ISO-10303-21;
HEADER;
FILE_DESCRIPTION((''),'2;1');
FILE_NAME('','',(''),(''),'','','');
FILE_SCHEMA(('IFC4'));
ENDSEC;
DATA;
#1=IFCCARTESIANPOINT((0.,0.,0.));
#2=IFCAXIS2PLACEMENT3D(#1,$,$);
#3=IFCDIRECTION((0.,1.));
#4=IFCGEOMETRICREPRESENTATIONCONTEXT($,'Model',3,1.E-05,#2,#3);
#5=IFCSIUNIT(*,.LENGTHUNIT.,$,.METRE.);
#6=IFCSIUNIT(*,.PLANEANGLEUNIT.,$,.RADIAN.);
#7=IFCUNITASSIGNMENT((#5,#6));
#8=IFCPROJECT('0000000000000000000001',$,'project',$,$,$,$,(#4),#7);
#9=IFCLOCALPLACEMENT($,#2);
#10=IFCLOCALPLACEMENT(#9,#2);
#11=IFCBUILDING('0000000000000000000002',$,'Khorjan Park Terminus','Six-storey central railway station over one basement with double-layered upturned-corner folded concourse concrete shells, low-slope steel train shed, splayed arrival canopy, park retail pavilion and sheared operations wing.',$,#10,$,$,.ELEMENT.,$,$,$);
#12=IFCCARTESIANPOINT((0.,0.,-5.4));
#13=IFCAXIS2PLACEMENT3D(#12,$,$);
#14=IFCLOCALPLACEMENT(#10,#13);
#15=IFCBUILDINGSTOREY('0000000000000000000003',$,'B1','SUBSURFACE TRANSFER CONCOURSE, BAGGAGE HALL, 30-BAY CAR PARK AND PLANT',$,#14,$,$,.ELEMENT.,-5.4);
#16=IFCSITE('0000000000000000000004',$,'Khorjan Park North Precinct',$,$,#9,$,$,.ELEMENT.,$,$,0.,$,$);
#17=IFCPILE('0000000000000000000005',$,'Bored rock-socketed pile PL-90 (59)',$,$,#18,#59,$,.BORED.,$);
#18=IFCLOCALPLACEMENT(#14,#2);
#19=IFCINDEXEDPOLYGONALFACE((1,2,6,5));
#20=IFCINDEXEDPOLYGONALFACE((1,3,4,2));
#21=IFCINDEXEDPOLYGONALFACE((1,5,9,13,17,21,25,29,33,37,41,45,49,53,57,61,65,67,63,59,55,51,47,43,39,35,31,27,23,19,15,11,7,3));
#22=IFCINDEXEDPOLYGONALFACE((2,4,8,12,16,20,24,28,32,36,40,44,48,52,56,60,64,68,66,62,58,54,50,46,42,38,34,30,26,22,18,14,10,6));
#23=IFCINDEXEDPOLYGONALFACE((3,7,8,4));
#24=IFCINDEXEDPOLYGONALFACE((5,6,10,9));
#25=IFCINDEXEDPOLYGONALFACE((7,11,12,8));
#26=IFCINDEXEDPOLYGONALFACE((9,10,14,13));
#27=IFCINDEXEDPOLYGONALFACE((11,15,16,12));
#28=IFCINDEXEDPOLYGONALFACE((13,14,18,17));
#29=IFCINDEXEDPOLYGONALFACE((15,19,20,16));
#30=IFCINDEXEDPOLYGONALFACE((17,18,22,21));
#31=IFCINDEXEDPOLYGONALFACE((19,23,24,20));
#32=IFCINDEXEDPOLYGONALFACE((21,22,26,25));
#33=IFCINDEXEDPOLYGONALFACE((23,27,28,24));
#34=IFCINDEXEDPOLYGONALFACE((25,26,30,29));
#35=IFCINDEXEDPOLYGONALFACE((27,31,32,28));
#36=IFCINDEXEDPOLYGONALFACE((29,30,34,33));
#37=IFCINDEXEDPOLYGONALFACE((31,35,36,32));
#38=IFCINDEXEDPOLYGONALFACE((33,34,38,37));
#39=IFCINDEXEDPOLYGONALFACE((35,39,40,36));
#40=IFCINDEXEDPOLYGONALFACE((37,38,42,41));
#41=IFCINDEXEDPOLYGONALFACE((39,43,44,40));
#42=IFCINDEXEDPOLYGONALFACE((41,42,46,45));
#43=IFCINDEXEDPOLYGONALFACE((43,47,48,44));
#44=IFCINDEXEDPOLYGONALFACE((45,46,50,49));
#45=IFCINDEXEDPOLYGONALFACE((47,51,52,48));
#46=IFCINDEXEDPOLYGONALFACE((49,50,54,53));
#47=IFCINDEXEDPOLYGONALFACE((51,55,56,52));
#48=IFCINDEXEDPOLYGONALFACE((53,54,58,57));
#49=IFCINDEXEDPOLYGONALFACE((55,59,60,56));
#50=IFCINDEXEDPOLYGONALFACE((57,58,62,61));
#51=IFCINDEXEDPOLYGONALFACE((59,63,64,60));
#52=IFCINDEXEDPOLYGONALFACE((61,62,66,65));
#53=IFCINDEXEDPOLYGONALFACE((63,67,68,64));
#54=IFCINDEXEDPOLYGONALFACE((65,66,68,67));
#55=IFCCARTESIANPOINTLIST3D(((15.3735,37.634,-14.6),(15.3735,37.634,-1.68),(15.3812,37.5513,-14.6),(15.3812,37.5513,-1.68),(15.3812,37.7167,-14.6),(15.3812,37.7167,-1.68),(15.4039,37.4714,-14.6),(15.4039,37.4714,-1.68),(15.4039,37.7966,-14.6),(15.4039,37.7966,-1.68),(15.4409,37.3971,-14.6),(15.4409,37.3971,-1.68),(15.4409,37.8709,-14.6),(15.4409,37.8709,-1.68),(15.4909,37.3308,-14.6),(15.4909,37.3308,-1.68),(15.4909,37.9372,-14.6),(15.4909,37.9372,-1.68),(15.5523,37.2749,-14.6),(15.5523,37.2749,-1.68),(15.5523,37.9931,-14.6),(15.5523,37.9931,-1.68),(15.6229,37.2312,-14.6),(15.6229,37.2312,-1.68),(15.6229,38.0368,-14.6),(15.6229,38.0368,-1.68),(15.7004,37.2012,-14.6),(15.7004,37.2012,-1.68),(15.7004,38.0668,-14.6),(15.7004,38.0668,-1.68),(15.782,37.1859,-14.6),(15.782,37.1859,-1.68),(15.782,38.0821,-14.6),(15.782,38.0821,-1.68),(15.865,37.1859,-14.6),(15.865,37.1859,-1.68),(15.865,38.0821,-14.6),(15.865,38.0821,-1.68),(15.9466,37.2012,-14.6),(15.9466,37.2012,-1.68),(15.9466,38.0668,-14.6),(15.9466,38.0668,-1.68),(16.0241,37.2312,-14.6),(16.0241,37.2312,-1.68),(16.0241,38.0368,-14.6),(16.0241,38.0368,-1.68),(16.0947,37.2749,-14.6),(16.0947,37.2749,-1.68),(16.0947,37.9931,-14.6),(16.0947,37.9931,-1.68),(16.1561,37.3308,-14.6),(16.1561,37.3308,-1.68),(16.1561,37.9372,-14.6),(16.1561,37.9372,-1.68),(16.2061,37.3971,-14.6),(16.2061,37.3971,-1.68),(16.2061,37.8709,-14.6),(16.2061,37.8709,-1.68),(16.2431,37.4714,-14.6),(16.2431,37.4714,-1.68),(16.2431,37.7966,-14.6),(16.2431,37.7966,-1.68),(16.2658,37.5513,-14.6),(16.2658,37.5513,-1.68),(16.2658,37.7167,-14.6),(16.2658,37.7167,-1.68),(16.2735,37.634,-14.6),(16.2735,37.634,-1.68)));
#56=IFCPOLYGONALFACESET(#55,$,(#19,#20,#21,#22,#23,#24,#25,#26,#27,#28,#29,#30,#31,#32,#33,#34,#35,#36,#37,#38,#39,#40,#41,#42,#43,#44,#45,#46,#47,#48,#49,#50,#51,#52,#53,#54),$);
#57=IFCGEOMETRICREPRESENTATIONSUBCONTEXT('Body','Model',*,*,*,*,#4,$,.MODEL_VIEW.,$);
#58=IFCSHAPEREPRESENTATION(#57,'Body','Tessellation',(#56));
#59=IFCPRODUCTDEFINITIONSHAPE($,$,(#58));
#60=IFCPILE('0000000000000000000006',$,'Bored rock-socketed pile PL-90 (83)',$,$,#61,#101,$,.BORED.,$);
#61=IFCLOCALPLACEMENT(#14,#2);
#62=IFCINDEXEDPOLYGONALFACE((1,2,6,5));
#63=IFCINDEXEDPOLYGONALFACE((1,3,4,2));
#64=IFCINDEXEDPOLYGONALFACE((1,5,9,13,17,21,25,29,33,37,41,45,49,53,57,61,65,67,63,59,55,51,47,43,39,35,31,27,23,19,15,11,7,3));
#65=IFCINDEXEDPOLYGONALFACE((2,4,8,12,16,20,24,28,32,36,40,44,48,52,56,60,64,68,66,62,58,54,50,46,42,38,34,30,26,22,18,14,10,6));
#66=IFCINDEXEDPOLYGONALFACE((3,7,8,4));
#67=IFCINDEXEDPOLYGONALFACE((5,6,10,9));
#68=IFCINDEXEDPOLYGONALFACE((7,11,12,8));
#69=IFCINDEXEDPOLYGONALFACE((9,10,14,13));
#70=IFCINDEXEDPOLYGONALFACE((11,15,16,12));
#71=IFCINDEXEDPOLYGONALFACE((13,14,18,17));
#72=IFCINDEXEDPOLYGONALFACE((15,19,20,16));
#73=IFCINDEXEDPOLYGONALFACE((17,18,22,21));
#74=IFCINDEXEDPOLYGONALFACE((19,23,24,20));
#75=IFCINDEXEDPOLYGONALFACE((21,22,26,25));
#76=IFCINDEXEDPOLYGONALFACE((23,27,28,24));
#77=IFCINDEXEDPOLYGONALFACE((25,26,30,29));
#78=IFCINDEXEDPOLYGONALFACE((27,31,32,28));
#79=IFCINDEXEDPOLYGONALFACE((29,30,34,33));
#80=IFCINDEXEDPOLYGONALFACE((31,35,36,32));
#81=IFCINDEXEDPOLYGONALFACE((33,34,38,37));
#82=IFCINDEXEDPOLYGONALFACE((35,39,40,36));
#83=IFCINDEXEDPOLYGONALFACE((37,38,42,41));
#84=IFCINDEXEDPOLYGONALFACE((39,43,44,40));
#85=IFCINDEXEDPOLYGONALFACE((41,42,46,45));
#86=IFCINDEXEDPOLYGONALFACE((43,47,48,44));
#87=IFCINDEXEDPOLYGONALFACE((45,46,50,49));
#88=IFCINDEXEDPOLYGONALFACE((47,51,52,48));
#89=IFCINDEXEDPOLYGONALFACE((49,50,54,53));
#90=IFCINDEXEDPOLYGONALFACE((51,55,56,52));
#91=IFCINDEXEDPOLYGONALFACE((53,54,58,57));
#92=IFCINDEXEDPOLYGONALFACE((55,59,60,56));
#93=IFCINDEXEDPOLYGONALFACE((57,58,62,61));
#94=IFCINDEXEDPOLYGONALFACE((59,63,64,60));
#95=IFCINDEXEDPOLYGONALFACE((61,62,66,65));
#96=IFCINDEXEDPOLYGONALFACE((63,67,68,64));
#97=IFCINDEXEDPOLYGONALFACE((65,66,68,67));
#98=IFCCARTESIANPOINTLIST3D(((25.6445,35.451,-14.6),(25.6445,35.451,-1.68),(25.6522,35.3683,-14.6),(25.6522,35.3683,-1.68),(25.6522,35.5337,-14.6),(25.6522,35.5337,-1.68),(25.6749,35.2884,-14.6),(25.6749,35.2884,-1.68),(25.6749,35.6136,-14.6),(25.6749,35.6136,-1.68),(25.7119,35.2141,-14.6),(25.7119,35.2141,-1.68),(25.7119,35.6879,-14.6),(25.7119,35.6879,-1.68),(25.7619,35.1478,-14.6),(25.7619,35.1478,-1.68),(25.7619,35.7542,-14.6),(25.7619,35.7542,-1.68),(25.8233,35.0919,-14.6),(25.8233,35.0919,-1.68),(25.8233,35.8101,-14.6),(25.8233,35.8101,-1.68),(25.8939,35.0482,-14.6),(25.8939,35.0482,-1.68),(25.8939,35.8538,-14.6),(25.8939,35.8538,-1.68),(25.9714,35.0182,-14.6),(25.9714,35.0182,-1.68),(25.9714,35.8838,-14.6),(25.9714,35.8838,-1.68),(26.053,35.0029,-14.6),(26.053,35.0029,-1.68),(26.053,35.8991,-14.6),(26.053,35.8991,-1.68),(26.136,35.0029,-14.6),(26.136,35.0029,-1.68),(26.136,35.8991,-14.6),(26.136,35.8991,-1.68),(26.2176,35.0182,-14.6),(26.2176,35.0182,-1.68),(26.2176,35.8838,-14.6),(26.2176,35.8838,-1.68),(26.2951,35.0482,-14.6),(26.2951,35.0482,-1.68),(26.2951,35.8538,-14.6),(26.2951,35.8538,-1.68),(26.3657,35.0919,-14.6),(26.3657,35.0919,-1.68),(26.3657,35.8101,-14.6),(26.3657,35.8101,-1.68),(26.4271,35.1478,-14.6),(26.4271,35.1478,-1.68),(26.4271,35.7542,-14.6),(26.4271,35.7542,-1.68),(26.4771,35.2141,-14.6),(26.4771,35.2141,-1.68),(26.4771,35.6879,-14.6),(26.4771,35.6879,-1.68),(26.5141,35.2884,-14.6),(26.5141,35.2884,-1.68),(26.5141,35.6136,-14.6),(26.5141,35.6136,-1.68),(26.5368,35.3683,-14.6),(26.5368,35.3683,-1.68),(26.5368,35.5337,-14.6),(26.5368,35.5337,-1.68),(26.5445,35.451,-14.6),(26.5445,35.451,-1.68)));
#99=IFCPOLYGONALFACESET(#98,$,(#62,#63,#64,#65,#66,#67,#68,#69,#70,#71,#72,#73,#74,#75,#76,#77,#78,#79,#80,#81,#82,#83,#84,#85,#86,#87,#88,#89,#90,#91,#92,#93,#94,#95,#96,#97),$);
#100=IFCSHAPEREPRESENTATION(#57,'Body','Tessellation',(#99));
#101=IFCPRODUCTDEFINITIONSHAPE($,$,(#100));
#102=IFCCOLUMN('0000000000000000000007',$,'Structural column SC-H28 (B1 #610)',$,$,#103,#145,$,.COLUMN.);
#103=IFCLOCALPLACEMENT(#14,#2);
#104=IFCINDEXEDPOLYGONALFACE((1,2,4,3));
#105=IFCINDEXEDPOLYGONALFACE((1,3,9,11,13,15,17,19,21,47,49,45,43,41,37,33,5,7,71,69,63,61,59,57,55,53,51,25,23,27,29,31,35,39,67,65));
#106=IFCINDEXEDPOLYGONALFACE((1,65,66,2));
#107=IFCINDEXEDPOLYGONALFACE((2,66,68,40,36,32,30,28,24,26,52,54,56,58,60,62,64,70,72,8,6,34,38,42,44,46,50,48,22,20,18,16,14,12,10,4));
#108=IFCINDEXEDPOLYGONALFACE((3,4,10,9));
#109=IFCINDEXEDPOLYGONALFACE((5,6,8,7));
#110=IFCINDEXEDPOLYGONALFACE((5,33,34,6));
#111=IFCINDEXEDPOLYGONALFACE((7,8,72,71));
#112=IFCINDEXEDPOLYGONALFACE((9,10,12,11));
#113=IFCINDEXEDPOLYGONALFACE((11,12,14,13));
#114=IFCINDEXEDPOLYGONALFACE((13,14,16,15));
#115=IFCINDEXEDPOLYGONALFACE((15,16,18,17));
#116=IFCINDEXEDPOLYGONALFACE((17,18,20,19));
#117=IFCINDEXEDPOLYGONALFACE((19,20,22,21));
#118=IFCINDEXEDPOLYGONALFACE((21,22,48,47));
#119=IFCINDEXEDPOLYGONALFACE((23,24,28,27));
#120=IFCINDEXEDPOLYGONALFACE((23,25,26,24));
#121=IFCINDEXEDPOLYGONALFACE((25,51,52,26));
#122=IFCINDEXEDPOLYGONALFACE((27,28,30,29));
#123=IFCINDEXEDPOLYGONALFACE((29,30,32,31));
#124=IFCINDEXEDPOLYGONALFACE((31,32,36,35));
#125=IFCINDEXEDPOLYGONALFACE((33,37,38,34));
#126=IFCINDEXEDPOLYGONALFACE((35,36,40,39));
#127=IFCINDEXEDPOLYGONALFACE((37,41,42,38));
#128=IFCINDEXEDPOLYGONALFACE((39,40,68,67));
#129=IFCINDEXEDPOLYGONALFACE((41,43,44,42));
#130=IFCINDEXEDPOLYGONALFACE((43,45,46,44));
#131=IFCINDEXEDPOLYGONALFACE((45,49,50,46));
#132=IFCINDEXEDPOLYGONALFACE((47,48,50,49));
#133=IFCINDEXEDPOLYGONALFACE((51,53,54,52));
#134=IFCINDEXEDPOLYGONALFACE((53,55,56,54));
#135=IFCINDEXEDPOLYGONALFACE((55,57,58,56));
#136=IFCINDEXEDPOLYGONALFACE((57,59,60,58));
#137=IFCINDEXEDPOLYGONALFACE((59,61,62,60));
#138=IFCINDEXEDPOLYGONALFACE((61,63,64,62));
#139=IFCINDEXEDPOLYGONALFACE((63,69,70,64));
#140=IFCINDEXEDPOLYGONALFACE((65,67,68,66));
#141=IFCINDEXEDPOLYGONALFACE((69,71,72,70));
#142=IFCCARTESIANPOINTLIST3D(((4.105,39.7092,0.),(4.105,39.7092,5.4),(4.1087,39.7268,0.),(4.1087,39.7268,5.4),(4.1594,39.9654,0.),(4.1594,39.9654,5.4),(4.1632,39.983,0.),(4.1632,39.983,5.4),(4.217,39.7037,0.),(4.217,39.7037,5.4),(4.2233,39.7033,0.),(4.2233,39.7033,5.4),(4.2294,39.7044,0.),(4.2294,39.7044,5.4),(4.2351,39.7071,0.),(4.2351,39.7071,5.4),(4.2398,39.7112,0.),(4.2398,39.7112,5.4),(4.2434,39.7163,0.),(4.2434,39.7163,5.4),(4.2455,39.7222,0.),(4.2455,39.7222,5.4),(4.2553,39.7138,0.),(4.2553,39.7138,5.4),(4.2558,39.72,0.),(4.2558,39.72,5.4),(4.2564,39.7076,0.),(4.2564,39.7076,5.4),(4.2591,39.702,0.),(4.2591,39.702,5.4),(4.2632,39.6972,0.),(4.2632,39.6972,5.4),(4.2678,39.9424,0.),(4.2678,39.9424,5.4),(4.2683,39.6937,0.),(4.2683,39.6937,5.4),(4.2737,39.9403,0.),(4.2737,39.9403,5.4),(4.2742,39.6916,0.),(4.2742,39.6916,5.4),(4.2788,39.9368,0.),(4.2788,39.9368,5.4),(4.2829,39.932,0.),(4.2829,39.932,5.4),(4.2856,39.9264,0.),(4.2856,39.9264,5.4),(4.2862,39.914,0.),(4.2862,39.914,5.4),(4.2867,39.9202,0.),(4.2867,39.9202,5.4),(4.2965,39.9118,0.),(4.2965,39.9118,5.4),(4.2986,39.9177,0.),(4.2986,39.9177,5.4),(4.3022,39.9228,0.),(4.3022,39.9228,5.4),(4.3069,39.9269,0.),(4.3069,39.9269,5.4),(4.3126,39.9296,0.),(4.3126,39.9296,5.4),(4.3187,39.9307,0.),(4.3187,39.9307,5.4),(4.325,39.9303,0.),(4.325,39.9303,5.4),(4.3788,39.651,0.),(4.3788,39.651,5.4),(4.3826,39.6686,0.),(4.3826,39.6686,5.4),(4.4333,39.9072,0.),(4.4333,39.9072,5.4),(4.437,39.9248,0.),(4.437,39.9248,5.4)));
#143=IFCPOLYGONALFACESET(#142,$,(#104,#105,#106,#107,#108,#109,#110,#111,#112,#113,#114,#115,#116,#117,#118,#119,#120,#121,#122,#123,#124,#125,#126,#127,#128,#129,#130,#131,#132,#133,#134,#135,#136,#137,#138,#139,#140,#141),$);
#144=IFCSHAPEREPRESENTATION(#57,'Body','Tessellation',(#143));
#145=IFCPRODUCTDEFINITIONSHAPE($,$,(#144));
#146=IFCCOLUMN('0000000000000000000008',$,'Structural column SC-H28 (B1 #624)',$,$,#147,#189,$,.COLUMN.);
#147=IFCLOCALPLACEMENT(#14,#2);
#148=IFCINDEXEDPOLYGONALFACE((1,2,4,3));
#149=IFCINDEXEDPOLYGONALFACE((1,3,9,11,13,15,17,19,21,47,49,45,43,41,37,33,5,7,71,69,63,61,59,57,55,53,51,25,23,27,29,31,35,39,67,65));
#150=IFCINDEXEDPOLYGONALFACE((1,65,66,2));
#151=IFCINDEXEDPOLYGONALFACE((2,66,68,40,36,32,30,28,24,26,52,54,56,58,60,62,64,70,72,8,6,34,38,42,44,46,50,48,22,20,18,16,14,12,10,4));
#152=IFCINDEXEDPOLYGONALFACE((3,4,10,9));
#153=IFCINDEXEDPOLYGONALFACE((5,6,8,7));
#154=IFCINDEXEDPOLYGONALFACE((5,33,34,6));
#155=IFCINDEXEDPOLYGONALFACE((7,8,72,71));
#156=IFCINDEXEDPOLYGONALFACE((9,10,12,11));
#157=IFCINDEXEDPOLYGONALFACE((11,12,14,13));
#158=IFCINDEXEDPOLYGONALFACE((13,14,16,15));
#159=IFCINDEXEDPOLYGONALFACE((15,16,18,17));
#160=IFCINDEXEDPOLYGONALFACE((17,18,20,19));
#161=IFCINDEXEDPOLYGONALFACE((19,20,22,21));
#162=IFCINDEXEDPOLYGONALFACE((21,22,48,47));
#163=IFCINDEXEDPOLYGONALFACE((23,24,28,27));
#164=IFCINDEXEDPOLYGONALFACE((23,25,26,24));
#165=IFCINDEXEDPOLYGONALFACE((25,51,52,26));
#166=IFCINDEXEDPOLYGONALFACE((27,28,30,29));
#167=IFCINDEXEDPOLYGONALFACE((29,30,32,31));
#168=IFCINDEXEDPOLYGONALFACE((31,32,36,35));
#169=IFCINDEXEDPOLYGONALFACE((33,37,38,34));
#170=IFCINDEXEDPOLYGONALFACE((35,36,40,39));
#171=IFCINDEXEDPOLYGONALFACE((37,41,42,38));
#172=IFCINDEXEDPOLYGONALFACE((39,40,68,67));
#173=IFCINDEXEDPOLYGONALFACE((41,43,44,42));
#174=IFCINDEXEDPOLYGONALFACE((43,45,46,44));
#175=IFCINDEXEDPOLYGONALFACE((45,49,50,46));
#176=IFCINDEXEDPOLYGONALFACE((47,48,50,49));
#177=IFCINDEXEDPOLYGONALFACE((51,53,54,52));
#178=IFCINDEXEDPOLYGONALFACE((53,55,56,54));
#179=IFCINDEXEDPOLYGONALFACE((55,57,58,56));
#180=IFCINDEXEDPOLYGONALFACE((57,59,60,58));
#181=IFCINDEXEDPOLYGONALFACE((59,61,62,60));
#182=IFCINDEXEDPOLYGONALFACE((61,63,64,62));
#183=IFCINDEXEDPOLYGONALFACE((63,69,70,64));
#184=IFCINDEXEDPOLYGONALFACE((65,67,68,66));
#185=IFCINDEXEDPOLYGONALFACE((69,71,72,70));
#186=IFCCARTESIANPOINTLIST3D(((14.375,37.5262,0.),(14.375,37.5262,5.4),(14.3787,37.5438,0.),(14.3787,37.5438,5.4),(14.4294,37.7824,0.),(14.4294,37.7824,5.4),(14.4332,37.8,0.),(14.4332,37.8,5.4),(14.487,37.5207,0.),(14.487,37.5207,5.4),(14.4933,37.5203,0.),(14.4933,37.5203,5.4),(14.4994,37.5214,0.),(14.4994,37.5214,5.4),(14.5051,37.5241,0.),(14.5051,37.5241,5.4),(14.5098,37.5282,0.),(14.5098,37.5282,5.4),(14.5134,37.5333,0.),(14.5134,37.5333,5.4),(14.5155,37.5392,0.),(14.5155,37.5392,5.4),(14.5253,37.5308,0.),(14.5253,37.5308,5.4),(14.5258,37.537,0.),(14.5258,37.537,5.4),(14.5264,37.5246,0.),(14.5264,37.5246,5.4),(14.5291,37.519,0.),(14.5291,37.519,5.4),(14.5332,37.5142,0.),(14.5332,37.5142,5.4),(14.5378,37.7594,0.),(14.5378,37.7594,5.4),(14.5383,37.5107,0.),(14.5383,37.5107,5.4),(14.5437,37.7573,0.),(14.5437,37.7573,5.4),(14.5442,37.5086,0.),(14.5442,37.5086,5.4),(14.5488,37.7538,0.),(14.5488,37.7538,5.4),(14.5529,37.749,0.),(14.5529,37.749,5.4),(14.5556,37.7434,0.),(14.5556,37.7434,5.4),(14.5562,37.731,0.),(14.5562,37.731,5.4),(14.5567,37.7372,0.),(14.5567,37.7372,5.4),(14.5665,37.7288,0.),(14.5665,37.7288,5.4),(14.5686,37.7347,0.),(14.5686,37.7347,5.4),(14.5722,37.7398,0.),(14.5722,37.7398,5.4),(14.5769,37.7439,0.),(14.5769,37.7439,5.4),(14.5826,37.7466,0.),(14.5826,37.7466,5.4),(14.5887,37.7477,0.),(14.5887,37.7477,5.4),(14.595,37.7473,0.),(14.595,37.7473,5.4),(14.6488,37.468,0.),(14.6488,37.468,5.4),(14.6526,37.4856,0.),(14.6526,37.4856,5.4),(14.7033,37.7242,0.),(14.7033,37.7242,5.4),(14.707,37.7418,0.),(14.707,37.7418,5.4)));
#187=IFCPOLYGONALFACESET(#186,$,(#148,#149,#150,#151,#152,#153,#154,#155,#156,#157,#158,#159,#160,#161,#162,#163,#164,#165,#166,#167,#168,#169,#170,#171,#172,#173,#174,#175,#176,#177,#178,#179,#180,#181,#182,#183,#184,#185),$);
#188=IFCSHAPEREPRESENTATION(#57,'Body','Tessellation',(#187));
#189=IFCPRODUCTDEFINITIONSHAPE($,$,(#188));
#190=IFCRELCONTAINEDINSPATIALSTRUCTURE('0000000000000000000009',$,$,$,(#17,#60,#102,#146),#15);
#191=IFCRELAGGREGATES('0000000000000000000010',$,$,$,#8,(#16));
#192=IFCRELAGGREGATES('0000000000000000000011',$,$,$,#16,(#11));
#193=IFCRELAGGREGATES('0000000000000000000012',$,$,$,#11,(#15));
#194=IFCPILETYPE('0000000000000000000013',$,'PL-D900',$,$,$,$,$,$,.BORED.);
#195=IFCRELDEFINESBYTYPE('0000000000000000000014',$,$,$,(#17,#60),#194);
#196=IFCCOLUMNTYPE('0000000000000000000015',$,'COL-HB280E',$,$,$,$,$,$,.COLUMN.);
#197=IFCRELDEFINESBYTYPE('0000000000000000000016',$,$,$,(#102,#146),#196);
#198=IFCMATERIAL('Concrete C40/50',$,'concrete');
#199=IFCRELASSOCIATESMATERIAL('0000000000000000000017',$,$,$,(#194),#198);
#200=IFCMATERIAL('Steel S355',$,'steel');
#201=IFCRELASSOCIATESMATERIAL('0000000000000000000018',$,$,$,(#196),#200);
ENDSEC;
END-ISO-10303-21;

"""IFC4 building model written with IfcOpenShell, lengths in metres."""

from ifc_helpers import new_model, si_unit, direction, frame, origin, origin_2d, place, context, subcontext, project, spatial, circle, i_section, extrude, material, material_profile, profile_set, type_object, element, save


model = new_model("IFC4")

# Units and contexts
model_context = context("Model", 3, precision=1e-05, world=origin(), true_north=direction((0.0, 1.0)))
body_context = subcontext(model_context, "Body", "Model", "MODEL_VIEW")
ifc_project = project(units=[si_unit("LENGTHUNIT", "METRE"), si_unit("PLANEANGLEUNIT", "RADIAN")], contexts=[model_context])

# Site, building, storey
site_placement = place(None, origin())
site = spatial("IfcSite", under=ifc_project, at=site_placement, Name="Khorjan Park North Precinct", CompositionType="ELEMENT", RefElevation=0.0)
building_placement = place(site_placement, origin())
building = spatial("IfcBuilding", under=site, at=building_placement, Name="Khorjan Park Terminus", Description="Six-storey central railway station over one basement with double-layered upturned-corner folded concourse concrete shells, low-slope steel train shed, splayed arrival canopy, park retail pavilion and sheared operations wing.", CompositionType="ELEMENT")
storey_placement = place(building_placement, frame((0.0, 0.0, -5.4)))
storey = spatial("IfcBuildingStorey", under=building, at=storey_placement, Name="B1", Description="SUBSURFACE TRANSFER CONCOURSE, BAGGAGE HALL, 30-BAY CAR PARK AND PLANT", CompositionType="ELEMENT", Elevation=-5.4)

# Shared definitions
ifc_material_1 = material(Name="Concrete C40/50", Category="concrete")

# Piles
ifc_material_profile_1 = material_profile(ifc_material_1, circle(Radius=0.45, at=origin_2d()), Name="BORED D900")
ifc_profile_set_1 = profile_set([ifc_material_profile_1], Name="Concrete C40/50")
pile_type_1 = type_object("IfcPileType", Name="PL-D900", PredefinedType="BORED", material=ifc_profile_set_1)
for number, where, z_axis, x_axis, name in (
    (1, (15.8235, 37.634, -1.68), (0.0, 0.0, -1.0), (1.0, 0.0, 0.0), "Bored rock-socketed pile PL-90 (59)"),
    (2, (26.0945, 35.451, -1.68), (0.0, 0.0, -1.0), (1.0, 0.0, 0.0), "Bored rock-socketed pile PL-90 (83)"),
):
    element("IfcPile", number, at=place(storey_placement, frame(where, z_axis=z_axis, x_axis=x_axis)), inside=storey, type_object=pile_type_1, Name=name, PredefinedType="BORED", context=body_context, shape_type="SweptSolid", body=[
        extrude(circle(Radius=0.45, at=origin_2d()), origin(), (0.0, 0.0, 1.0), 12.92),
    ])

# Columns
ifc_material_2 = material(Name="Steel S355", Category="steel")
ifc_material_profile_2 = material_profile(ifc_material_2, i_section(OverallWidth=0.28, OverallDepth=0.28, WebThickness=0.0105, FlangeThickness=0.018, FilletRadius=0.024, at=origin_2d()), Name="HEB 280")
ifc_profile_set_2 = profile_set([ifc_material_profile_2], Name="Steel S355")
column_type_1 = type_object("IfcColumnType", Name="COL-HB280E", PredefinedType="COLUMN", material=ifc_profile_set_2)
for number, where, z_axis, x_axis, name in (
    (3, (4.271, 39.817, 0.0), (0.0, 0.0, 1.0), (0.978148, -0.207912, 0.0), "Structural column SC-H28 (B1 #610)"),
    (4, (14.541, 37.634, 0.0), (0.0, 0.0, 1.0), (0.978148, -0.207912, 0.0), "Structural column SC-H28 (B1 #624)"),
):
    element("IfcColumn", number, at=place(storey_placement, frame(where, z_axis=z_axis, x_axis=x_axis)), inside=storey, type_object=column_type_1, Name=name, PredefinedType="COLUMN", context=body_context, shape_type="SweptSolid", body=[
        extrude(i_section(OverallWidth=0.28, OverallDepth=0.28, WebThickness=0.0105, FlangeThickness=0.018, FilletRadius=0.024, at=origin_2d()), origin(), (0.0, 0.0, 1.0), 5.4),
    ])

save(model, "model.ifc")
